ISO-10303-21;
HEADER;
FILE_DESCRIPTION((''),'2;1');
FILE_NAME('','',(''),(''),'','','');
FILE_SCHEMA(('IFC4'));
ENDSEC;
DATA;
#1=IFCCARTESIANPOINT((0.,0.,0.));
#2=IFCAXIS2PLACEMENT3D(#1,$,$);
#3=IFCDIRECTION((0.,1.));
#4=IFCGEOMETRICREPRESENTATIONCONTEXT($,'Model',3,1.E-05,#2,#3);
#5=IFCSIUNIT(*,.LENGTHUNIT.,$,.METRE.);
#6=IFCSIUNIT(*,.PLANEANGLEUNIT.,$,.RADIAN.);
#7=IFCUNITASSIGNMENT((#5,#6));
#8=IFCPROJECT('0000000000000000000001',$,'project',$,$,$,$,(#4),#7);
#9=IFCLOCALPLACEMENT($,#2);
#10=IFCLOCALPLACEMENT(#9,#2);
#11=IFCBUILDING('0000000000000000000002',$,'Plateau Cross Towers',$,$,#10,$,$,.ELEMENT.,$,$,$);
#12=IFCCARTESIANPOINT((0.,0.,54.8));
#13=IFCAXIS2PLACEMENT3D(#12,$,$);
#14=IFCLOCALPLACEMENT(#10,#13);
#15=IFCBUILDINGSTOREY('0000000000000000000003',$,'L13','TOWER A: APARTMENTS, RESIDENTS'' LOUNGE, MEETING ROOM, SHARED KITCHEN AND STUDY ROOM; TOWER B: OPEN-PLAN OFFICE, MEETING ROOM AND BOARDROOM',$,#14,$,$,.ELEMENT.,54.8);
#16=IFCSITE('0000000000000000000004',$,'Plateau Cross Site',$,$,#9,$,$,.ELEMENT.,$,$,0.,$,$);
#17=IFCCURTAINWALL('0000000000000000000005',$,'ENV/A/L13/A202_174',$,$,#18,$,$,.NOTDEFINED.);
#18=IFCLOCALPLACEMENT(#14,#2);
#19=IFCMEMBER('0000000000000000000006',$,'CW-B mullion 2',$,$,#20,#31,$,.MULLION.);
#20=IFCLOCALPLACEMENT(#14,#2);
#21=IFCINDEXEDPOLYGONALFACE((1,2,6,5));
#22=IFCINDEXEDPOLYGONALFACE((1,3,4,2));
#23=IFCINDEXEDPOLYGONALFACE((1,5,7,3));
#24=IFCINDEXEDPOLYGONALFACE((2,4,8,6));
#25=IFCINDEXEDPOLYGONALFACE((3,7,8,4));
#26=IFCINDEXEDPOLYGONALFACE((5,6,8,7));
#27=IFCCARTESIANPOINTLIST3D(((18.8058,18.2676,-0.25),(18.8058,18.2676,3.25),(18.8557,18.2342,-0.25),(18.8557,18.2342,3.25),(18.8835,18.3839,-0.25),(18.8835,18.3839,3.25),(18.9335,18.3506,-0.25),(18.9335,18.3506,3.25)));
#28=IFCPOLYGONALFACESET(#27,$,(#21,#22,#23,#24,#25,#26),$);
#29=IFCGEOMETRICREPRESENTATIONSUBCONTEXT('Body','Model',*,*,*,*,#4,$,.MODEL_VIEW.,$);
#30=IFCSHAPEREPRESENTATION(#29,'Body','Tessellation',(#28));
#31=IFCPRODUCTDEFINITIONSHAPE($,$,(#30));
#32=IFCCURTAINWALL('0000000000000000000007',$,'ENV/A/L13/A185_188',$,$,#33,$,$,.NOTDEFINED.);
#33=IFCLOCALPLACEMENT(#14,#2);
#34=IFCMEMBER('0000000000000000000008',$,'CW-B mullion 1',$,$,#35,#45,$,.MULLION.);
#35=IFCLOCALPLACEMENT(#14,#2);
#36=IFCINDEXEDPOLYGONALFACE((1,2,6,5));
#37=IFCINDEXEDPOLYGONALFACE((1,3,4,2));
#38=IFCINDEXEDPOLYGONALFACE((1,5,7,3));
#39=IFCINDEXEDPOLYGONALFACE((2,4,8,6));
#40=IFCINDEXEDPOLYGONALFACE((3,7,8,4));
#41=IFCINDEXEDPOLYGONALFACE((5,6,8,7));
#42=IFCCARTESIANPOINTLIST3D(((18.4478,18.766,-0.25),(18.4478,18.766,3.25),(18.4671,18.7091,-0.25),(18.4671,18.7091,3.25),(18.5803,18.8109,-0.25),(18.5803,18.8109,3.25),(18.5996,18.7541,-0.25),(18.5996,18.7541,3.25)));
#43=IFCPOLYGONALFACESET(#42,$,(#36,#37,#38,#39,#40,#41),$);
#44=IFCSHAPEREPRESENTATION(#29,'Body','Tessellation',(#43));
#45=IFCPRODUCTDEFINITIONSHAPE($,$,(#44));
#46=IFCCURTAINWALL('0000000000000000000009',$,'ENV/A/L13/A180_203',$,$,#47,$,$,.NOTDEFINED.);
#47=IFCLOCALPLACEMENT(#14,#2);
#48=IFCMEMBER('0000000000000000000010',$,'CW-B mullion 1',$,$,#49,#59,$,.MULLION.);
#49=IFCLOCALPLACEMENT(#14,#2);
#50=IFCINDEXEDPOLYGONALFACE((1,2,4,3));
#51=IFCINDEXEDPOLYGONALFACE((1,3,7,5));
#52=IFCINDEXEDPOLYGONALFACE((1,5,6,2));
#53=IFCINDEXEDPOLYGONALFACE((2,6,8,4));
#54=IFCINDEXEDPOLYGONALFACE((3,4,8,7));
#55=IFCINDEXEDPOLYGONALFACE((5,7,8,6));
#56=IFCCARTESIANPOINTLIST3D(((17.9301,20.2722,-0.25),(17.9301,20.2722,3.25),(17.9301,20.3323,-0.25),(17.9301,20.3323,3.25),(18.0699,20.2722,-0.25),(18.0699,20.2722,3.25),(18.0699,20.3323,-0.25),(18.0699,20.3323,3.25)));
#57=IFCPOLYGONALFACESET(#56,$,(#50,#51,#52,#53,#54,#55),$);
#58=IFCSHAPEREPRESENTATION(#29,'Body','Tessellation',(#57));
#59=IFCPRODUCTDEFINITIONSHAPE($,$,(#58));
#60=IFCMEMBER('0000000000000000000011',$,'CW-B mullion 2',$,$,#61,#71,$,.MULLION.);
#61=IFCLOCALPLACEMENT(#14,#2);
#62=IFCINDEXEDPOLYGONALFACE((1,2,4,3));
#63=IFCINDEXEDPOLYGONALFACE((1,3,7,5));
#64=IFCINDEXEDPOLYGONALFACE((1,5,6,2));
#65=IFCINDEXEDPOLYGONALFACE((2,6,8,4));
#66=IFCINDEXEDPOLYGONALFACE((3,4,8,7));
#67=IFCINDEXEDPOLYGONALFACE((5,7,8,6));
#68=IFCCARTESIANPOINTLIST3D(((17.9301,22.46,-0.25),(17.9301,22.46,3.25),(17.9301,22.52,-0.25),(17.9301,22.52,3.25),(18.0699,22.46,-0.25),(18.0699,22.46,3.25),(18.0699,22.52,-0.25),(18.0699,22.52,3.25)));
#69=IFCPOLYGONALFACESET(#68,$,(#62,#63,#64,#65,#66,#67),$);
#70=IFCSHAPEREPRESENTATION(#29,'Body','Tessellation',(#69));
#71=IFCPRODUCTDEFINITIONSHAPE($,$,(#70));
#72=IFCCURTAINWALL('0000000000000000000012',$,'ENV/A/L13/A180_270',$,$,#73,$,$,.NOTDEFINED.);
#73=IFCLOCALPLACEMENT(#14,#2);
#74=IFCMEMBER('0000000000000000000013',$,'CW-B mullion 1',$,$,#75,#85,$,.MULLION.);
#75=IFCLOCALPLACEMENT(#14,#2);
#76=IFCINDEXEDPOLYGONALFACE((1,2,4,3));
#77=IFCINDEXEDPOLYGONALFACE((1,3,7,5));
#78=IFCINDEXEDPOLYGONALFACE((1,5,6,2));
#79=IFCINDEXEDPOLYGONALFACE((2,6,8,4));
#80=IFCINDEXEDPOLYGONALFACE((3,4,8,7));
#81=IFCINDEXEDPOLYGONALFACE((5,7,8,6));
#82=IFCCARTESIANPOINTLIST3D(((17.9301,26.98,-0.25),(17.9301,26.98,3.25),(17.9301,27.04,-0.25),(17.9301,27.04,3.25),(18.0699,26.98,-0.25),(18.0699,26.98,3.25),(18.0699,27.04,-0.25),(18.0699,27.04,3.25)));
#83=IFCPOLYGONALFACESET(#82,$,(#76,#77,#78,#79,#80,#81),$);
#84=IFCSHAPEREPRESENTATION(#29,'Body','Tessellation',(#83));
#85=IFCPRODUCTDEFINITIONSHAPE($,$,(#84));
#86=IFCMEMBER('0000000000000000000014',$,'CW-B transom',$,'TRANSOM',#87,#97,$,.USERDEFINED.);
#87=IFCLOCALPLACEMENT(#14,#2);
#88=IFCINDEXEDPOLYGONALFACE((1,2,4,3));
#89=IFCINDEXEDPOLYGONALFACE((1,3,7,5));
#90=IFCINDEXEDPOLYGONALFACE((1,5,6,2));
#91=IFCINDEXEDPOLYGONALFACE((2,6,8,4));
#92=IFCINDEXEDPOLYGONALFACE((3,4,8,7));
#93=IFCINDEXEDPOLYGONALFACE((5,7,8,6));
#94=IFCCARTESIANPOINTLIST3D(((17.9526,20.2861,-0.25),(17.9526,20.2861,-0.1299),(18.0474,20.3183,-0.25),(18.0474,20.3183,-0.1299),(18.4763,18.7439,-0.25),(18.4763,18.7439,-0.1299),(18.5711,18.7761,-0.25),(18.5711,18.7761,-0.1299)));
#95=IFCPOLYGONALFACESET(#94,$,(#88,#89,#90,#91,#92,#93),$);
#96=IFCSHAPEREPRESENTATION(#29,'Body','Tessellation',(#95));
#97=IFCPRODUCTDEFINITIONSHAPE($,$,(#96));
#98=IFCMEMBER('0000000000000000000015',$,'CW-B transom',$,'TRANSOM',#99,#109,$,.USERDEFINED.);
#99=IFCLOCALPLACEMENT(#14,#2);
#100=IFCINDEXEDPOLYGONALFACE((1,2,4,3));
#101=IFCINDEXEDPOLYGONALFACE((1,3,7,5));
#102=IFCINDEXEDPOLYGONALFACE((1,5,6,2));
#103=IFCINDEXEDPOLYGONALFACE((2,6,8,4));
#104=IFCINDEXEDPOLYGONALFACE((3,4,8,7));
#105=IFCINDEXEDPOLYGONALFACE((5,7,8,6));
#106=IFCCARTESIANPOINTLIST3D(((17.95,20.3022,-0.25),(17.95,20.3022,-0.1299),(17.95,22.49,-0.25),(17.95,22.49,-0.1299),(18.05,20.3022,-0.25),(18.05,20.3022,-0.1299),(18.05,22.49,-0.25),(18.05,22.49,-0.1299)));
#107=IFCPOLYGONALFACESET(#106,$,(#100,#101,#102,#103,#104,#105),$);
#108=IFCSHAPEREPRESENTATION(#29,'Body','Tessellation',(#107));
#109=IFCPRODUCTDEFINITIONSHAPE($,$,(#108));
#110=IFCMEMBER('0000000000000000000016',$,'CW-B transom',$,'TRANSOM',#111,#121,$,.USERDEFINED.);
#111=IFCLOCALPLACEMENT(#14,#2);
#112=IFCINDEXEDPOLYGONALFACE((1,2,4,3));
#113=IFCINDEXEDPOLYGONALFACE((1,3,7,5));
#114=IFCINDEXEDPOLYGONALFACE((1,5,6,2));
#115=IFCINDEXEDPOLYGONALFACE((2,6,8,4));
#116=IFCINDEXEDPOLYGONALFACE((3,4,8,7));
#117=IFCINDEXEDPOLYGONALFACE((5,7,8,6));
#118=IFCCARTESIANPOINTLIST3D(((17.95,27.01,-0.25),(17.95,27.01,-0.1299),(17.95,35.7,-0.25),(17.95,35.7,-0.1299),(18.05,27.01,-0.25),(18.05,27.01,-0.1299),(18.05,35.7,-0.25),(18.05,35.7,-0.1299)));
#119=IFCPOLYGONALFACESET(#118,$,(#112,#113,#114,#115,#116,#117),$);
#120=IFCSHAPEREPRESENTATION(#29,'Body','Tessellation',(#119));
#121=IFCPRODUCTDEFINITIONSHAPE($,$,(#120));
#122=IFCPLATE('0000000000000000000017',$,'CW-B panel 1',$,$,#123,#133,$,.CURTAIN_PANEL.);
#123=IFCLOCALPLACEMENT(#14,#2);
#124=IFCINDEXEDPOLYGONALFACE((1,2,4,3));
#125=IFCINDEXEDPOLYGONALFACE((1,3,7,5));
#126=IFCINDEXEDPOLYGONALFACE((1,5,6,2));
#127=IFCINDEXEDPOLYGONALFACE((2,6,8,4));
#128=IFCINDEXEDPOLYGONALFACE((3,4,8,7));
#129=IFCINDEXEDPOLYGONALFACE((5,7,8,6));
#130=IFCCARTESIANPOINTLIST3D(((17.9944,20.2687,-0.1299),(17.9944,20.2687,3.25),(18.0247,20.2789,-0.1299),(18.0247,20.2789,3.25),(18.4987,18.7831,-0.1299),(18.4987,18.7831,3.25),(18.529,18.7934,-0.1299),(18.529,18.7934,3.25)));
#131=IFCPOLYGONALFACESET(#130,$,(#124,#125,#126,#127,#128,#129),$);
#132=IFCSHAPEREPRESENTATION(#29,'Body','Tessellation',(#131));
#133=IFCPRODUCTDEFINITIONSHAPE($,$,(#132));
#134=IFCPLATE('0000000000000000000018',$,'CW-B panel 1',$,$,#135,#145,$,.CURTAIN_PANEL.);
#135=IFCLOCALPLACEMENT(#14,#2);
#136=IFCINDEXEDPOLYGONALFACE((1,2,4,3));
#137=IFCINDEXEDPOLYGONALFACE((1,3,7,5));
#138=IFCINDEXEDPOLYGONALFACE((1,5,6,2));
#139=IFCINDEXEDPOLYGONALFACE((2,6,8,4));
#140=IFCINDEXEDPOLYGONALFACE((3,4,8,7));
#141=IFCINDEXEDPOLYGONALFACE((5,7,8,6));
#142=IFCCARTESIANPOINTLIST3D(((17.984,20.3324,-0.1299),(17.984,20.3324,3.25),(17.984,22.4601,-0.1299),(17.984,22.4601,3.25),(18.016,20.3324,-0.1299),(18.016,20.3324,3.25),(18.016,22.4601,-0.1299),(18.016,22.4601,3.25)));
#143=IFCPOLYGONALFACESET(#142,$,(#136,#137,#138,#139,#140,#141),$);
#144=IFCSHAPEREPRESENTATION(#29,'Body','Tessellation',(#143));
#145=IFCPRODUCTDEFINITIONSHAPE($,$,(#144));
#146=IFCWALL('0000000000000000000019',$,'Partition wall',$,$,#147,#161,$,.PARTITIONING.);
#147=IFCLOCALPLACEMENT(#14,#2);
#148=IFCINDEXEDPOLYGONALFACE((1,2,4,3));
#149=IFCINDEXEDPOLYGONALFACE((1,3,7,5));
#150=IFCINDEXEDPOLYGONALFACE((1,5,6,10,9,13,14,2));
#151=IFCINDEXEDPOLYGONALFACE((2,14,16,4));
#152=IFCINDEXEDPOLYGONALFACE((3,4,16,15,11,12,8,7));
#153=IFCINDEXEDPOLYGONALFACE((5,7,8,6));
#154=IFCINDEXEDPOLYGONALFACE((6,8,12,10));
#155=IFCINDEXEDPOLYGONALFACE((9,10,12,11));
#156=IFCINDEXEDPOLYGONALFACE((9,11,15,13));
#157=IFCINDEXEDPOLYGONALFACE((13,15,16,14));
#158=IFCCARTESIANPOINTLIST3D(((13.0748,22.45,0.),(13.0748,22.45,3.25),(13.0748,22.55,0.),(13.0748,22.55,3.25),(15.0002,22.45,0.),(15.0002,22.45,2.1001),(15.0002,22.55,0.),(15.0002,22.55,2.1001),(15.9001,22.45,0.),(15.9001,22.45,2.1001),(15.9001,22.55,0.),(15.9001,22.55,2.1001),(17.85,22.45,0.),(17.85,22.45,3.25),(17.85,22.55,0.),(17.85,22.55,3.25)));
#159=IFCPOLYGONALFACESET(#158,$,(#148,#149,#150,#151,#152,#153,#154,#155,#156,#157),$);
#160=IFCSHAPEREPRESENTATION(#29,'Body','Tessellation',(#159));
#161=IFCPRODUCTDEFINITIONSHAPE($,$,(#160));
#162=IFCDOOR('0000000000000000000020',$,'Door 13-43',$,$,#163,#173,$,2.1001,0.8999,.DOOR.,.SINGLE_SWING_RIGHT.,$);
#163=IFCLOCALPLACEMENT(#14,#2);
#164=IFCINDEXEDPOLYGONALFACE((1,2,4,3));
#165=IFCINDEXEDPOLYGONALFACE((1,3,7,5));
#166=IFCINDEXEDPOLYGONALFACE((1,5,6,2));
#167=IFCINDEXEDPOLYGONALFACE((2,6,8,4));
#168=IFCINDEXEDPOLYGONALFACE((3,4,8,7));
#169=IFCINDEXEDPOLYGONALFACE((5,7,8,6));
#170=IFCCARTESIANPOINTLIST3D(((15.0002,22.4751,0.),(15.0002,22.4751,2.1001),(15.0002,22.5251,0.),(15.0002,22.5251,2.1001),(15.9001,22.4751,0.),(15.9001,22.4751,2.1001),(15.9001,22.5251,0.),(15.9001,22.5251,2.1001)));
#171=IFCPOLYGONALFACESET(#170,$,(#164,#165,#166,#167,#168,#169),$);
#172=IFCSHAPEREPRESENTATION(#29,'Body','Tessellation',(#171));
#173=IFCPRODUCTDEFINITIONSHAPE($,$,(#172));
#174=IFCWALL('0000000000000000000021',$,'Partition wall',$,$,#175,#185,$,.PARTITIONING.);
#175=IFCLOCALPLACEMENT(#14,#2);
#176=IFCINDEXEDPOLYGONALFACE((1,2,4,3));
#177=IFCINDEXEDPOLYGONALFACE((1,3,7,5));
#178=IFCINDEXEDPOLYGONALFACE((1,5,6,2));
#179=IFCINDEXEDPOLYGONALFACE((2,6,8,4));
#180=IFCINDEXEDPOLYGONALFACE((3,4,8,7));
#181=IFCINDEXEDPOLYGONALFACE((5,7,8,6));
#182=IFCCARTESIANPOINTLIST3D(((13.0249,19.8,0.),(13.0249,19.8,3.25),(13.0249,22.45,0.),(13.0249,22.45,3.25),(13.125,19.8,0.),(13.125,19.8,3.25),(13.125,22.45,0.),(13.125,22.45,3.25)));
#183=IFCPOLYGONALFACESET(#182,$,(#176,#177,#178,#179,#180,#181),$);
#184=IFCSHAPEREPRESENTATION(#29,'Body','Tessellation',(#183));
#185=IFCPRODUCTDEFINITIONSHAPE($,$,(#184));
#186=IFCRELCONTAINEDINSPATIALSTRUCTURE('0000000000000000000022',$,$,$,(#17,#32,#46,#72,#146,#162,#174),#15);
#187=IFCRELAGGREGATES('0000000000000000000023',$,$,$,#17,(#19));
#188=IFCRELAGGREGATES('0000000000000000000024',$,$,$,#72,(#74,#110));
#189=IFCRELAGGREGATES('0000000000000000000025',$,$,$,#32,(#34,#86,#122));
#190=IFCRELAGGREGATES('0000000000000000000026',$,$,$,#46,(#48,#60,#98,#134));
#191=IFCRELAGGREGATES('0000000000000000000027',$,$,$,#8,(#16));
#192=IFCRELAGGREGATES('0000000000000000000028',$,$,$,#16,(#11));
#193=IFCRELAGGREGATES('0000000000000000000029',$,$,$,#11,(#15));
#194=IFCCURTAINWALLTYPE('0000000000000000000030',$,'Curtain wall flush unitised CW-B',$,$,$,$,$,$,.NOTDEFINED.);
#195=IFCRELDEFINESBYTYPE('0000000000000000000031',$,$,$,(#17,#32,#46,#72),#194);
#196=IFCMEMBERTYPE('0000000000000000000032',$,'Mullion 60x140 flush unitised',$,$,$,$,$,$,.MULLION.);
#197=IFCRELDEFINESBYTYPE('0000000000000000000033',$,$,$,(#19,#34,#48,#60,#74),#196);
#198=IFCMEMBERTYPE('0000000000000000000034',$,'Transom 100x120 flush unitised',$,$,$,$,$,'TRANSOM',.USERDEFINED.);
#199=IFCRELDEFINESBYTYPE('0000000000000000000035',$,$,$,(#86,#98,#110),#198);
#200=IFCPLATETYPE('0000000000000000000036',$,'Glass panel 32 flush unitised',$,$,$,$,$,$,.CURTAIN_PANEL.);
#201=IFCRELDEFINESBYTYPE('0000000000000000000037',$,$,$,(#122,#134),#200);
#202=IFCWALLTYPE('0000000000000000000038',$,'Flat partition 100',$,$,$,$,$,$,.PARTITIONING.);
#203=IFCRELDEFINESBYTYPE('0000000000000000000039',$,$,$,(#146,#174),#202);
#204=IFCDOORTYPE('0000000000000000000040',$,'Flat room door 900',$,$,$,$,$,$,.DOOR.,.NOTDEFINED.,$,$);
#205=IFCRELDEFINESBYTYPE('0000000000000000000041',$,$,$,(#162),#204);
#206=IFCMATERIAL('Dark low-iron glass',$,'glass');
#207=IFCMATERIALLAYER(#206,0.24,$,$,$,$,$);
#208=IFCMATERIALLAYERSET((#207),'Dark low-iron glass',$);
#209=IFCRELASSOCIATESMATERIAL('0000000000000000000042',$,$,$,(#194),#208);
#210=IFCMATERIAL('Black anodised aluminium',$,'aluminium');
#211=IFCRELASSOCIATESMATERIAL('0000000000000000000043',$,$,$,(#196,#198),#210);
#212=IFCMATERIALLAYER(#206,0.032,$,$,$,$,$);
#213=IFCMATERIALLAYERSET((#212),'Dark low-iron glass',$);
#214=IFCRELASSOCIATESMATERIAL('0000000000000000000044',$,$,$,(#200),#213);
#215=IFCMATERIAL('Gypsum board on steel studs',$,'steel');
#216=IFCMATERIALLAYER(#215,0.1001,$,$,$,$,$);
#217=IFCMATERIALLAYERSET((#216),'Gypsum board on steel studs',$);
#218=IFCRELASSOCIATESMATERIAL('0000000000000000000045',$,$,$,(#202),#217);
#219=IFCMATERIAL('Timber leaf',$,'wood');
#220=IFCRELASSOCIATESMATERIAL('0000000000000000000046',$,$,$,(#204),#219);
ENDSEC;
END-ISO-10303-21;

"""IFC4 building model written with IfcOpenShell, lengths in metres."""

from ifc_helpers import new_model, si_unit, direction, frame, frame_2d, origin, origin_2d, place, context, subcontext, project, spatial, rectangle, extrude, material, layer, layer_set, material_profile, profile_set, type_object, element, fill, aggregate, save


model = new_model("IFC4")

# Units and contexts
model_context = context("Model", 3, precision=1e-05, world=origin(), true_north=direction((0.0, 1.0)))
body_context = subcontext(model_context, "Body", "Model", "MODEL_VIEW")
ifc_project = project(units=[si_unit("LENGTHUNIT", "METRE"), si_unit("PLANEANGLEUNIT", "RADIAN")], contexts=[model_context])

# Site, building, storey
site_placement = place(None, origin())
site = spatial("IfcSite", under=ifc_project, at=site_placement, Name="Plateau Cross Site", CompositionType="ELEMENT", RefElevation=0.0)
building_placement = place(site_placement, origin())
building = spatial("IfcBuilding", under=site, at=building_placement, Name="Plateau Cross Towers", CompositionType="ELEMENT")
storey_placement = place(building_placement, frame((0.0, 0.0, 54.8)))
storey = spatial("IfcBuildingStorey", under=building, at=storey_placement, Name="L13", Description="TOWER A: APARTMENTS, RESIDENTS' LOUNGE, MEETING ROOM, SHARED KITCHEN AND STUDY ROOM; TOWER B: OPEN-PLAN OFFICE, MEETING ROOM AND BOARDROOM", CompositionType="ELEMENT", Elevation=54.8)

# Curtain walls, members
ifc_material_1 = material(Name="Dark low-iron glass", Category="glass")
ifc_layer_1 = layer(ifc_material_1, 0.24)
ifc_layer_set_1 = layer_set([ifc_layer_1], Name="Dark low-iron glass")
curtain_wall_type = type_object("IfcCurtainWallType", Name="Curtain wall flush unitised CW-B", PredefinedType="NOTDEFINED", material=ifc_layer_set_1)
curtain_wall_1_placement = place(storey_placement, origin())
curtain_wall_1 = element("IfcCurtainWall", 1, at=curtain_wall_1_placement, inside=storey, type_object=curtain_wall_type, Name="ENV/A/L13/A202_174", PredefinedType="NOTDEFINED")
ifc_material_2 = material(Name="Black anodised aluminium", Category="aluminium")
ifc_material_profile_1 = material_profile(ifc_material_2, rectangle(XDim=0.0601, YDim=0.1399, at=origin_2d()), Name="MULLION 60x140")
ifc_profile_set_1 = profile_set([ifc_material_profile_1], Name="Black anodised aluminium")
member_type_1 = type_object("IfcMemberType", Name="Mullion 60x140 flush unitised", PredefinedType="MULLION", material=ifc_profile_set_1)
member_1_placement = place(storey_placement, frame((18.8696, 18.3091, -0.25), z_axis=(0.0, 0.0, 1.0), x_axis=(-0.831521, 0.555493, 0.0)))
member_1 = element("IfcMember", 2, at=member_1_placement, type_object=member_type_1, Name="CW-B mullion 2", PredefinedType="MULLION", context=body_context, shape_type="SweptSolid", body=[
    extrude(rectangle(XDim=0.0601, YDim=0.1399, at=origin_2d()), origin(), (0.0, 0.0, 1.0), 3.5),
])
aggregate(curtain_wall_1, [member_1])
curtain_wall_2_placement = place(storey_placement, origin())
curtain_wall_2 = element("IfcCurtainWall", 3, at=curtain_wall_2_placement, inside=storey, type_object=curtain_wall_type, Name="ENV/A/L13/A185_188", PredefinedType="NOTDEFINED")
member_2_placement = place(storey_placement, frame((18.5237, 18.76, -0.25), z_axis=(0.0, 0.0, 1.0), x_axis=(-0.321469, 0.94692, 0.0)))
member_2 = element("IfcMember", 4, at=member_2_placement, type_object=member_type_1, Name="CW-B mullion 1", PredefinedType="MULLION", context=body_context, shape_type="SweptSolid", body=[
    extrude(rectangle(XDim=0.0601, YDim=0.1399, at=origin_2d()), origin(), (0.0, 0.0, 1.0), 3.5),
])

# Curtain wall, members
curtain_wall_3_placement = place(storey_placement, origin())
curtain_wall_3 = element("IfcCurtainWall", 5, at=curtain_wall_3_placement, inside=storey, type_object=curtain_wall_type, Name="ENV/A/L13/A180_203", PredefinedType="NOTDEFINED")
member_3_placement = place(storey_placement, frame((18.0, 20.3022, -0.25), z_axis=(0.0, 0.0, 1.0), x_axis=(0.0, 1.0, 0.0)))
member_3 = element("IfcMember", 6, at=member_3_placement, type_object=member_type_1, Name="CW-B mullion 1", PredefinedType="MULLION", context=body_context, shape_type="SweptSolid", body=[
    extrude(rectangle(XDim=0.0601, YDim=0.1399, at=origin_2d()), origin(), (0.0, 0.0, 1.0), 3.5),
])
member_4_placement = place(storey_placement, frame((18.0, 22.49, -0.25), z_axis=(0.0, 0.0, 1.0), x_axis=(0.0, 1.0, 0.0)))
member_4 = element("IfcMember", 7, at=member_4_placement, type_object=member_type_1, Name="CW-B mullion 2", PredefinedType="MULLION", context=body_context, shape_type="SweptSolid", body=[
    extrude(rectangle(XDim=0.0601, YDim=0.1399, at=origin_2d()), origin(), (0.0, 0.0, 1.0), 3.5),
])

# Curtain wall, member
curtain_wall_4_placement = place(storey_placement, origin())
curtain_wall_4 = element("IfcCurtainWall", 8, at=curtain_wall_4_placement, inside=storey, type_object=curtain_wall_type, Name="ENV/A/L13/A180_270", PredefinedType="NOTDEFINED")
member_5_placement = place(storey_placement, frame((18.0, 27.01, -0.25), z_axis=(0.0, 0.0, 1.0), x_axis=(0.0, 1.0, 0.0)))
member_5 = element("IfcMember", 9, at=member_5_placement, type_object=member_type_1, Name="CW-B mullion 1", PredefinedType="MULLION", context=body_context, shape_type="SweptSolid", body=[
    extrude(rectangle(XDim=0.0601, YDim=0.1399, at=origin_2d()), origin(), (0.0, 0.0, 1.0), 3.5),
])

# Members
ifc_material_profile_2 = material_profile(ifc_material_2, rectangle(XDim=0.1001, YDim=0.1201, at=origin_2d()), Name="TRANSOM 100x120")
ifc_profile_set_2 = profile_set([ifc_material_profile_2], Name="Black anodised aluminium")
member_type_2 = type_object("IfcMemberType", Name="Transom 100x120 flush unitised", ElementType="TRANSOM", PredefinedType="USERDEFINED", material=ifc_profile_set_2)
member_6_placement = place(storey_placement, frame((18.5237, 18.76, -0.1899), z_axis=(-0.321529, 0.9469, 0.0), x_axis=(-0.9469, -0.321529, 0.0)))
member_6 = element("IfcMember", 10, at=member_6_placement, type_object=member_type_2, Name="CW-B transom", ObjectType="TRANSOM", PredefinedType="USERDEFINED", context=body_context, shape_type="SweptSolid", body=[
    extrude(rectangle(XDim=0.1001, YDim=0.1201, at=origin_2d()), origin(), (0.0, 0.0, 1.0), 1.6287),
])
member_7_placement = place(storey_placement, frame((18.0, 20.3022, -0.1899), z_axis=(0.0, 1.0, 0.0), x_axis=(-1.0, 0.0, 0.0)))
member_7 = element("IfcMember", 11, at=member_7_placement, type_object=member_type_2, Name="CW-B transom", ObjectType="TRANSOM", PredefinedType="USERDEFINED", context=body_context, shape_type="SweptSolid", body=[
    extrude(rectangle(XDim=0.1001, YDim=0.1201, at=origin_2d()), origin(), (0.0, 0.0, 1.0), 2.1877),
])
member_8_placement = place(storey_placement, frame((18.0, 27.01, -0.1899), z_axis=(0.0, 1.0, 0.0), x_axis=(-1.0, 0.0, 0.0)))
member_8 = element("IfcMember", 12, at=member_8_placement, type_object=member_type_2, Name="CW-B transom", ObjectType="TRANSOM", PredefinedType="USERDEFINED", context=body_context, shape_type="SweptSolid", body=[
    extrude(rectangle(XDim=0.1001, YDim=0.1201, at=origin_2d()), origin(), (0.0, 0.0, 1.0), 8.6899),
])
aggregate(curtain_wall_4, [member_5, member_8])

# Plates
ifc_layer_2 = layer(ifc_material_1, 0.032)
ifc_layer_set_2 = layer_set([ifc_layer_2], Name="Dark low-iron glass")
plate_type = type_object("IfcPlateType", Name="Glass panel 32 flush unitised", PredefinedType="CURTAIN_PANEL", material=ifc_layer_set_2)
plate_1_placement = place(storey_placement, frame((18.2617, 19.531, -0.1299), z_axis=(0.0, 0.0, 1.0), x_axis=(-0.321469, 0.94692, 0.0)))
plate_1 = element("IfcPlate", 13, at=plate_1_placement, type_object=plate_type, Name="CW-B panel 1", PredefinedType="CURTAIN_PANEL", context=body_context, shape_type="SweptSolid", body=[
    extrude(rectangle(XDim=1.5688, YDim=0.032, at=origin_2d()), origin(), (0.0, 0.0, 1.0), 3.3799),
])
aggregate(curtain_wall_2, [member_2, member_6, plate_1])
plate_2_placement = place(storey_placement, frame((18.0, 21.3962, -0.1299), z_axis=(0.0, 0.0, 1.0), x_axis=(0.0, 1.0, 0.0)))
plate_2 = element("IfcPlate", 14, at=plate_2_placement, type_object=plate_type, Name="CW-B panel 1", PredefinedType="CURTAIN_PANEL", context=body_context, shape_type="SweptSolid", body=[
    extrude(rectangle(XDim=2.1277, YDim=0.032, at=origin_2d()), origin(), (0.0, 0.0, 1.0), 3.3799),
])
aggregate(curtain_wall_3, [member_3, member_4, member_7, plate_2])

# Wall, opening, door
ifc_material_3 = material(Name="Gypsum board on steel studs", Category="steel")
ifc_layer_3 = layer(ifc_material_3, 0.1001)
ifc_layer_set_3 = layer_set([ifc_layer_3], Name="Gypsum board on steel studs")
wall_type_1 = type_object("IfcWallType", Name="Flat partition 100", PredefinedType="PARTITIONING", material=ifc_layer_set_3)
wall_1_placement = place(storey_placement, frame((17.8501, 22.5, 0.0), z_axis=(0.0, 0.0, 1.0), x_axis=(-1.0, 0.0, 0.0)))
wall_1 = element("IfcWall", 15, at=wall_1_placement, inside=storey, type_object=wall_type_1, Name="Partition wall", PredefinedType="PARTITIONING", context=body_context, shape_type="SweptSolid", body=[
    extrude(rectangle(XDim=4.7751, YDim=0.1001, at=frame_2d((2.3877, 0.0))), origin(), (0.0, 0.0, 1.0), 3.25),
])
opening_1_placement = place(wall_1_placement, frame((1.95, 0.0, 0.0)))
opening_1 = element("IfcOpeningElement", 16, at=opening_1_placement, cuts=wall_1, PredefinedType="OPENING", context=body_context, shape_type="SweptSolid", body=[
    extrude(rectangle(XDim=0.8999, YDim=2.1001, at=frame_2d((0.45, 1.05))), frame((0.0, 0.0601, 0.0), z_axis=(0.0, -1.0, 0.0), x_axis=(1.0, 0.0, 0.0)), (0.0, 0.0, 1.0), 0.1201),
])
ifc_material_4 = material(Name="Timber leaf", Category="wood")
door_type_1 = type_object("IfcDoorType", Name="Flat room door 900", OperationType="NOTDEFINED", PredefinedType="DOOR", material=ifc_material_4)
door_1_placement = place(opening_1_placement, origin())
door_1 = element("IfcDoor", 17, at=door_1_placement, inside=storey, type_object=door_type_1, Name="Door 13-43", OperationType="SINGLE_SWING_RIGHT", OverallHeight=2.1001, OverallWidth=0.8999, PredefinedType="DOOR", context=body_context, shape_type="SweptSolid", body=[
    extrude(rectangle(XDim=0.8999, YDim=2.1001, at=frame_2d((0.45, 1.05))), frame((0.0, 0.0249, 0.0), z_axis=(0.0, -1.0, 0.0), x_axis=(1.0, 0.0, 0.0)), (0.0, 0.0, 1.0), 0.05),
])
fill(opening_1, door_1)

# Wall
wall_2_placement = place(storey_placement, frame((13.075, 22.45, 0.0), z_axis=(0.0, 0.0, 1.0), x_axis=(0.0, -1.0, 0.0)))
element("IfcWall", 18, at=wall_2_placement, inside=storey, type_object=wall_type_1, Name="Partition wall", PredefinedType="PARTITIONING", context=body_context, shape_type="SweptSolid", body=[
    extrude(rectangle(XDim=2.6499, YDim=0.1001, at=frame_2d((1.325, 0.0))), origin(), (0.0, 0.0, 1.0), 3.25),
])

save(model, "model.ifc")
